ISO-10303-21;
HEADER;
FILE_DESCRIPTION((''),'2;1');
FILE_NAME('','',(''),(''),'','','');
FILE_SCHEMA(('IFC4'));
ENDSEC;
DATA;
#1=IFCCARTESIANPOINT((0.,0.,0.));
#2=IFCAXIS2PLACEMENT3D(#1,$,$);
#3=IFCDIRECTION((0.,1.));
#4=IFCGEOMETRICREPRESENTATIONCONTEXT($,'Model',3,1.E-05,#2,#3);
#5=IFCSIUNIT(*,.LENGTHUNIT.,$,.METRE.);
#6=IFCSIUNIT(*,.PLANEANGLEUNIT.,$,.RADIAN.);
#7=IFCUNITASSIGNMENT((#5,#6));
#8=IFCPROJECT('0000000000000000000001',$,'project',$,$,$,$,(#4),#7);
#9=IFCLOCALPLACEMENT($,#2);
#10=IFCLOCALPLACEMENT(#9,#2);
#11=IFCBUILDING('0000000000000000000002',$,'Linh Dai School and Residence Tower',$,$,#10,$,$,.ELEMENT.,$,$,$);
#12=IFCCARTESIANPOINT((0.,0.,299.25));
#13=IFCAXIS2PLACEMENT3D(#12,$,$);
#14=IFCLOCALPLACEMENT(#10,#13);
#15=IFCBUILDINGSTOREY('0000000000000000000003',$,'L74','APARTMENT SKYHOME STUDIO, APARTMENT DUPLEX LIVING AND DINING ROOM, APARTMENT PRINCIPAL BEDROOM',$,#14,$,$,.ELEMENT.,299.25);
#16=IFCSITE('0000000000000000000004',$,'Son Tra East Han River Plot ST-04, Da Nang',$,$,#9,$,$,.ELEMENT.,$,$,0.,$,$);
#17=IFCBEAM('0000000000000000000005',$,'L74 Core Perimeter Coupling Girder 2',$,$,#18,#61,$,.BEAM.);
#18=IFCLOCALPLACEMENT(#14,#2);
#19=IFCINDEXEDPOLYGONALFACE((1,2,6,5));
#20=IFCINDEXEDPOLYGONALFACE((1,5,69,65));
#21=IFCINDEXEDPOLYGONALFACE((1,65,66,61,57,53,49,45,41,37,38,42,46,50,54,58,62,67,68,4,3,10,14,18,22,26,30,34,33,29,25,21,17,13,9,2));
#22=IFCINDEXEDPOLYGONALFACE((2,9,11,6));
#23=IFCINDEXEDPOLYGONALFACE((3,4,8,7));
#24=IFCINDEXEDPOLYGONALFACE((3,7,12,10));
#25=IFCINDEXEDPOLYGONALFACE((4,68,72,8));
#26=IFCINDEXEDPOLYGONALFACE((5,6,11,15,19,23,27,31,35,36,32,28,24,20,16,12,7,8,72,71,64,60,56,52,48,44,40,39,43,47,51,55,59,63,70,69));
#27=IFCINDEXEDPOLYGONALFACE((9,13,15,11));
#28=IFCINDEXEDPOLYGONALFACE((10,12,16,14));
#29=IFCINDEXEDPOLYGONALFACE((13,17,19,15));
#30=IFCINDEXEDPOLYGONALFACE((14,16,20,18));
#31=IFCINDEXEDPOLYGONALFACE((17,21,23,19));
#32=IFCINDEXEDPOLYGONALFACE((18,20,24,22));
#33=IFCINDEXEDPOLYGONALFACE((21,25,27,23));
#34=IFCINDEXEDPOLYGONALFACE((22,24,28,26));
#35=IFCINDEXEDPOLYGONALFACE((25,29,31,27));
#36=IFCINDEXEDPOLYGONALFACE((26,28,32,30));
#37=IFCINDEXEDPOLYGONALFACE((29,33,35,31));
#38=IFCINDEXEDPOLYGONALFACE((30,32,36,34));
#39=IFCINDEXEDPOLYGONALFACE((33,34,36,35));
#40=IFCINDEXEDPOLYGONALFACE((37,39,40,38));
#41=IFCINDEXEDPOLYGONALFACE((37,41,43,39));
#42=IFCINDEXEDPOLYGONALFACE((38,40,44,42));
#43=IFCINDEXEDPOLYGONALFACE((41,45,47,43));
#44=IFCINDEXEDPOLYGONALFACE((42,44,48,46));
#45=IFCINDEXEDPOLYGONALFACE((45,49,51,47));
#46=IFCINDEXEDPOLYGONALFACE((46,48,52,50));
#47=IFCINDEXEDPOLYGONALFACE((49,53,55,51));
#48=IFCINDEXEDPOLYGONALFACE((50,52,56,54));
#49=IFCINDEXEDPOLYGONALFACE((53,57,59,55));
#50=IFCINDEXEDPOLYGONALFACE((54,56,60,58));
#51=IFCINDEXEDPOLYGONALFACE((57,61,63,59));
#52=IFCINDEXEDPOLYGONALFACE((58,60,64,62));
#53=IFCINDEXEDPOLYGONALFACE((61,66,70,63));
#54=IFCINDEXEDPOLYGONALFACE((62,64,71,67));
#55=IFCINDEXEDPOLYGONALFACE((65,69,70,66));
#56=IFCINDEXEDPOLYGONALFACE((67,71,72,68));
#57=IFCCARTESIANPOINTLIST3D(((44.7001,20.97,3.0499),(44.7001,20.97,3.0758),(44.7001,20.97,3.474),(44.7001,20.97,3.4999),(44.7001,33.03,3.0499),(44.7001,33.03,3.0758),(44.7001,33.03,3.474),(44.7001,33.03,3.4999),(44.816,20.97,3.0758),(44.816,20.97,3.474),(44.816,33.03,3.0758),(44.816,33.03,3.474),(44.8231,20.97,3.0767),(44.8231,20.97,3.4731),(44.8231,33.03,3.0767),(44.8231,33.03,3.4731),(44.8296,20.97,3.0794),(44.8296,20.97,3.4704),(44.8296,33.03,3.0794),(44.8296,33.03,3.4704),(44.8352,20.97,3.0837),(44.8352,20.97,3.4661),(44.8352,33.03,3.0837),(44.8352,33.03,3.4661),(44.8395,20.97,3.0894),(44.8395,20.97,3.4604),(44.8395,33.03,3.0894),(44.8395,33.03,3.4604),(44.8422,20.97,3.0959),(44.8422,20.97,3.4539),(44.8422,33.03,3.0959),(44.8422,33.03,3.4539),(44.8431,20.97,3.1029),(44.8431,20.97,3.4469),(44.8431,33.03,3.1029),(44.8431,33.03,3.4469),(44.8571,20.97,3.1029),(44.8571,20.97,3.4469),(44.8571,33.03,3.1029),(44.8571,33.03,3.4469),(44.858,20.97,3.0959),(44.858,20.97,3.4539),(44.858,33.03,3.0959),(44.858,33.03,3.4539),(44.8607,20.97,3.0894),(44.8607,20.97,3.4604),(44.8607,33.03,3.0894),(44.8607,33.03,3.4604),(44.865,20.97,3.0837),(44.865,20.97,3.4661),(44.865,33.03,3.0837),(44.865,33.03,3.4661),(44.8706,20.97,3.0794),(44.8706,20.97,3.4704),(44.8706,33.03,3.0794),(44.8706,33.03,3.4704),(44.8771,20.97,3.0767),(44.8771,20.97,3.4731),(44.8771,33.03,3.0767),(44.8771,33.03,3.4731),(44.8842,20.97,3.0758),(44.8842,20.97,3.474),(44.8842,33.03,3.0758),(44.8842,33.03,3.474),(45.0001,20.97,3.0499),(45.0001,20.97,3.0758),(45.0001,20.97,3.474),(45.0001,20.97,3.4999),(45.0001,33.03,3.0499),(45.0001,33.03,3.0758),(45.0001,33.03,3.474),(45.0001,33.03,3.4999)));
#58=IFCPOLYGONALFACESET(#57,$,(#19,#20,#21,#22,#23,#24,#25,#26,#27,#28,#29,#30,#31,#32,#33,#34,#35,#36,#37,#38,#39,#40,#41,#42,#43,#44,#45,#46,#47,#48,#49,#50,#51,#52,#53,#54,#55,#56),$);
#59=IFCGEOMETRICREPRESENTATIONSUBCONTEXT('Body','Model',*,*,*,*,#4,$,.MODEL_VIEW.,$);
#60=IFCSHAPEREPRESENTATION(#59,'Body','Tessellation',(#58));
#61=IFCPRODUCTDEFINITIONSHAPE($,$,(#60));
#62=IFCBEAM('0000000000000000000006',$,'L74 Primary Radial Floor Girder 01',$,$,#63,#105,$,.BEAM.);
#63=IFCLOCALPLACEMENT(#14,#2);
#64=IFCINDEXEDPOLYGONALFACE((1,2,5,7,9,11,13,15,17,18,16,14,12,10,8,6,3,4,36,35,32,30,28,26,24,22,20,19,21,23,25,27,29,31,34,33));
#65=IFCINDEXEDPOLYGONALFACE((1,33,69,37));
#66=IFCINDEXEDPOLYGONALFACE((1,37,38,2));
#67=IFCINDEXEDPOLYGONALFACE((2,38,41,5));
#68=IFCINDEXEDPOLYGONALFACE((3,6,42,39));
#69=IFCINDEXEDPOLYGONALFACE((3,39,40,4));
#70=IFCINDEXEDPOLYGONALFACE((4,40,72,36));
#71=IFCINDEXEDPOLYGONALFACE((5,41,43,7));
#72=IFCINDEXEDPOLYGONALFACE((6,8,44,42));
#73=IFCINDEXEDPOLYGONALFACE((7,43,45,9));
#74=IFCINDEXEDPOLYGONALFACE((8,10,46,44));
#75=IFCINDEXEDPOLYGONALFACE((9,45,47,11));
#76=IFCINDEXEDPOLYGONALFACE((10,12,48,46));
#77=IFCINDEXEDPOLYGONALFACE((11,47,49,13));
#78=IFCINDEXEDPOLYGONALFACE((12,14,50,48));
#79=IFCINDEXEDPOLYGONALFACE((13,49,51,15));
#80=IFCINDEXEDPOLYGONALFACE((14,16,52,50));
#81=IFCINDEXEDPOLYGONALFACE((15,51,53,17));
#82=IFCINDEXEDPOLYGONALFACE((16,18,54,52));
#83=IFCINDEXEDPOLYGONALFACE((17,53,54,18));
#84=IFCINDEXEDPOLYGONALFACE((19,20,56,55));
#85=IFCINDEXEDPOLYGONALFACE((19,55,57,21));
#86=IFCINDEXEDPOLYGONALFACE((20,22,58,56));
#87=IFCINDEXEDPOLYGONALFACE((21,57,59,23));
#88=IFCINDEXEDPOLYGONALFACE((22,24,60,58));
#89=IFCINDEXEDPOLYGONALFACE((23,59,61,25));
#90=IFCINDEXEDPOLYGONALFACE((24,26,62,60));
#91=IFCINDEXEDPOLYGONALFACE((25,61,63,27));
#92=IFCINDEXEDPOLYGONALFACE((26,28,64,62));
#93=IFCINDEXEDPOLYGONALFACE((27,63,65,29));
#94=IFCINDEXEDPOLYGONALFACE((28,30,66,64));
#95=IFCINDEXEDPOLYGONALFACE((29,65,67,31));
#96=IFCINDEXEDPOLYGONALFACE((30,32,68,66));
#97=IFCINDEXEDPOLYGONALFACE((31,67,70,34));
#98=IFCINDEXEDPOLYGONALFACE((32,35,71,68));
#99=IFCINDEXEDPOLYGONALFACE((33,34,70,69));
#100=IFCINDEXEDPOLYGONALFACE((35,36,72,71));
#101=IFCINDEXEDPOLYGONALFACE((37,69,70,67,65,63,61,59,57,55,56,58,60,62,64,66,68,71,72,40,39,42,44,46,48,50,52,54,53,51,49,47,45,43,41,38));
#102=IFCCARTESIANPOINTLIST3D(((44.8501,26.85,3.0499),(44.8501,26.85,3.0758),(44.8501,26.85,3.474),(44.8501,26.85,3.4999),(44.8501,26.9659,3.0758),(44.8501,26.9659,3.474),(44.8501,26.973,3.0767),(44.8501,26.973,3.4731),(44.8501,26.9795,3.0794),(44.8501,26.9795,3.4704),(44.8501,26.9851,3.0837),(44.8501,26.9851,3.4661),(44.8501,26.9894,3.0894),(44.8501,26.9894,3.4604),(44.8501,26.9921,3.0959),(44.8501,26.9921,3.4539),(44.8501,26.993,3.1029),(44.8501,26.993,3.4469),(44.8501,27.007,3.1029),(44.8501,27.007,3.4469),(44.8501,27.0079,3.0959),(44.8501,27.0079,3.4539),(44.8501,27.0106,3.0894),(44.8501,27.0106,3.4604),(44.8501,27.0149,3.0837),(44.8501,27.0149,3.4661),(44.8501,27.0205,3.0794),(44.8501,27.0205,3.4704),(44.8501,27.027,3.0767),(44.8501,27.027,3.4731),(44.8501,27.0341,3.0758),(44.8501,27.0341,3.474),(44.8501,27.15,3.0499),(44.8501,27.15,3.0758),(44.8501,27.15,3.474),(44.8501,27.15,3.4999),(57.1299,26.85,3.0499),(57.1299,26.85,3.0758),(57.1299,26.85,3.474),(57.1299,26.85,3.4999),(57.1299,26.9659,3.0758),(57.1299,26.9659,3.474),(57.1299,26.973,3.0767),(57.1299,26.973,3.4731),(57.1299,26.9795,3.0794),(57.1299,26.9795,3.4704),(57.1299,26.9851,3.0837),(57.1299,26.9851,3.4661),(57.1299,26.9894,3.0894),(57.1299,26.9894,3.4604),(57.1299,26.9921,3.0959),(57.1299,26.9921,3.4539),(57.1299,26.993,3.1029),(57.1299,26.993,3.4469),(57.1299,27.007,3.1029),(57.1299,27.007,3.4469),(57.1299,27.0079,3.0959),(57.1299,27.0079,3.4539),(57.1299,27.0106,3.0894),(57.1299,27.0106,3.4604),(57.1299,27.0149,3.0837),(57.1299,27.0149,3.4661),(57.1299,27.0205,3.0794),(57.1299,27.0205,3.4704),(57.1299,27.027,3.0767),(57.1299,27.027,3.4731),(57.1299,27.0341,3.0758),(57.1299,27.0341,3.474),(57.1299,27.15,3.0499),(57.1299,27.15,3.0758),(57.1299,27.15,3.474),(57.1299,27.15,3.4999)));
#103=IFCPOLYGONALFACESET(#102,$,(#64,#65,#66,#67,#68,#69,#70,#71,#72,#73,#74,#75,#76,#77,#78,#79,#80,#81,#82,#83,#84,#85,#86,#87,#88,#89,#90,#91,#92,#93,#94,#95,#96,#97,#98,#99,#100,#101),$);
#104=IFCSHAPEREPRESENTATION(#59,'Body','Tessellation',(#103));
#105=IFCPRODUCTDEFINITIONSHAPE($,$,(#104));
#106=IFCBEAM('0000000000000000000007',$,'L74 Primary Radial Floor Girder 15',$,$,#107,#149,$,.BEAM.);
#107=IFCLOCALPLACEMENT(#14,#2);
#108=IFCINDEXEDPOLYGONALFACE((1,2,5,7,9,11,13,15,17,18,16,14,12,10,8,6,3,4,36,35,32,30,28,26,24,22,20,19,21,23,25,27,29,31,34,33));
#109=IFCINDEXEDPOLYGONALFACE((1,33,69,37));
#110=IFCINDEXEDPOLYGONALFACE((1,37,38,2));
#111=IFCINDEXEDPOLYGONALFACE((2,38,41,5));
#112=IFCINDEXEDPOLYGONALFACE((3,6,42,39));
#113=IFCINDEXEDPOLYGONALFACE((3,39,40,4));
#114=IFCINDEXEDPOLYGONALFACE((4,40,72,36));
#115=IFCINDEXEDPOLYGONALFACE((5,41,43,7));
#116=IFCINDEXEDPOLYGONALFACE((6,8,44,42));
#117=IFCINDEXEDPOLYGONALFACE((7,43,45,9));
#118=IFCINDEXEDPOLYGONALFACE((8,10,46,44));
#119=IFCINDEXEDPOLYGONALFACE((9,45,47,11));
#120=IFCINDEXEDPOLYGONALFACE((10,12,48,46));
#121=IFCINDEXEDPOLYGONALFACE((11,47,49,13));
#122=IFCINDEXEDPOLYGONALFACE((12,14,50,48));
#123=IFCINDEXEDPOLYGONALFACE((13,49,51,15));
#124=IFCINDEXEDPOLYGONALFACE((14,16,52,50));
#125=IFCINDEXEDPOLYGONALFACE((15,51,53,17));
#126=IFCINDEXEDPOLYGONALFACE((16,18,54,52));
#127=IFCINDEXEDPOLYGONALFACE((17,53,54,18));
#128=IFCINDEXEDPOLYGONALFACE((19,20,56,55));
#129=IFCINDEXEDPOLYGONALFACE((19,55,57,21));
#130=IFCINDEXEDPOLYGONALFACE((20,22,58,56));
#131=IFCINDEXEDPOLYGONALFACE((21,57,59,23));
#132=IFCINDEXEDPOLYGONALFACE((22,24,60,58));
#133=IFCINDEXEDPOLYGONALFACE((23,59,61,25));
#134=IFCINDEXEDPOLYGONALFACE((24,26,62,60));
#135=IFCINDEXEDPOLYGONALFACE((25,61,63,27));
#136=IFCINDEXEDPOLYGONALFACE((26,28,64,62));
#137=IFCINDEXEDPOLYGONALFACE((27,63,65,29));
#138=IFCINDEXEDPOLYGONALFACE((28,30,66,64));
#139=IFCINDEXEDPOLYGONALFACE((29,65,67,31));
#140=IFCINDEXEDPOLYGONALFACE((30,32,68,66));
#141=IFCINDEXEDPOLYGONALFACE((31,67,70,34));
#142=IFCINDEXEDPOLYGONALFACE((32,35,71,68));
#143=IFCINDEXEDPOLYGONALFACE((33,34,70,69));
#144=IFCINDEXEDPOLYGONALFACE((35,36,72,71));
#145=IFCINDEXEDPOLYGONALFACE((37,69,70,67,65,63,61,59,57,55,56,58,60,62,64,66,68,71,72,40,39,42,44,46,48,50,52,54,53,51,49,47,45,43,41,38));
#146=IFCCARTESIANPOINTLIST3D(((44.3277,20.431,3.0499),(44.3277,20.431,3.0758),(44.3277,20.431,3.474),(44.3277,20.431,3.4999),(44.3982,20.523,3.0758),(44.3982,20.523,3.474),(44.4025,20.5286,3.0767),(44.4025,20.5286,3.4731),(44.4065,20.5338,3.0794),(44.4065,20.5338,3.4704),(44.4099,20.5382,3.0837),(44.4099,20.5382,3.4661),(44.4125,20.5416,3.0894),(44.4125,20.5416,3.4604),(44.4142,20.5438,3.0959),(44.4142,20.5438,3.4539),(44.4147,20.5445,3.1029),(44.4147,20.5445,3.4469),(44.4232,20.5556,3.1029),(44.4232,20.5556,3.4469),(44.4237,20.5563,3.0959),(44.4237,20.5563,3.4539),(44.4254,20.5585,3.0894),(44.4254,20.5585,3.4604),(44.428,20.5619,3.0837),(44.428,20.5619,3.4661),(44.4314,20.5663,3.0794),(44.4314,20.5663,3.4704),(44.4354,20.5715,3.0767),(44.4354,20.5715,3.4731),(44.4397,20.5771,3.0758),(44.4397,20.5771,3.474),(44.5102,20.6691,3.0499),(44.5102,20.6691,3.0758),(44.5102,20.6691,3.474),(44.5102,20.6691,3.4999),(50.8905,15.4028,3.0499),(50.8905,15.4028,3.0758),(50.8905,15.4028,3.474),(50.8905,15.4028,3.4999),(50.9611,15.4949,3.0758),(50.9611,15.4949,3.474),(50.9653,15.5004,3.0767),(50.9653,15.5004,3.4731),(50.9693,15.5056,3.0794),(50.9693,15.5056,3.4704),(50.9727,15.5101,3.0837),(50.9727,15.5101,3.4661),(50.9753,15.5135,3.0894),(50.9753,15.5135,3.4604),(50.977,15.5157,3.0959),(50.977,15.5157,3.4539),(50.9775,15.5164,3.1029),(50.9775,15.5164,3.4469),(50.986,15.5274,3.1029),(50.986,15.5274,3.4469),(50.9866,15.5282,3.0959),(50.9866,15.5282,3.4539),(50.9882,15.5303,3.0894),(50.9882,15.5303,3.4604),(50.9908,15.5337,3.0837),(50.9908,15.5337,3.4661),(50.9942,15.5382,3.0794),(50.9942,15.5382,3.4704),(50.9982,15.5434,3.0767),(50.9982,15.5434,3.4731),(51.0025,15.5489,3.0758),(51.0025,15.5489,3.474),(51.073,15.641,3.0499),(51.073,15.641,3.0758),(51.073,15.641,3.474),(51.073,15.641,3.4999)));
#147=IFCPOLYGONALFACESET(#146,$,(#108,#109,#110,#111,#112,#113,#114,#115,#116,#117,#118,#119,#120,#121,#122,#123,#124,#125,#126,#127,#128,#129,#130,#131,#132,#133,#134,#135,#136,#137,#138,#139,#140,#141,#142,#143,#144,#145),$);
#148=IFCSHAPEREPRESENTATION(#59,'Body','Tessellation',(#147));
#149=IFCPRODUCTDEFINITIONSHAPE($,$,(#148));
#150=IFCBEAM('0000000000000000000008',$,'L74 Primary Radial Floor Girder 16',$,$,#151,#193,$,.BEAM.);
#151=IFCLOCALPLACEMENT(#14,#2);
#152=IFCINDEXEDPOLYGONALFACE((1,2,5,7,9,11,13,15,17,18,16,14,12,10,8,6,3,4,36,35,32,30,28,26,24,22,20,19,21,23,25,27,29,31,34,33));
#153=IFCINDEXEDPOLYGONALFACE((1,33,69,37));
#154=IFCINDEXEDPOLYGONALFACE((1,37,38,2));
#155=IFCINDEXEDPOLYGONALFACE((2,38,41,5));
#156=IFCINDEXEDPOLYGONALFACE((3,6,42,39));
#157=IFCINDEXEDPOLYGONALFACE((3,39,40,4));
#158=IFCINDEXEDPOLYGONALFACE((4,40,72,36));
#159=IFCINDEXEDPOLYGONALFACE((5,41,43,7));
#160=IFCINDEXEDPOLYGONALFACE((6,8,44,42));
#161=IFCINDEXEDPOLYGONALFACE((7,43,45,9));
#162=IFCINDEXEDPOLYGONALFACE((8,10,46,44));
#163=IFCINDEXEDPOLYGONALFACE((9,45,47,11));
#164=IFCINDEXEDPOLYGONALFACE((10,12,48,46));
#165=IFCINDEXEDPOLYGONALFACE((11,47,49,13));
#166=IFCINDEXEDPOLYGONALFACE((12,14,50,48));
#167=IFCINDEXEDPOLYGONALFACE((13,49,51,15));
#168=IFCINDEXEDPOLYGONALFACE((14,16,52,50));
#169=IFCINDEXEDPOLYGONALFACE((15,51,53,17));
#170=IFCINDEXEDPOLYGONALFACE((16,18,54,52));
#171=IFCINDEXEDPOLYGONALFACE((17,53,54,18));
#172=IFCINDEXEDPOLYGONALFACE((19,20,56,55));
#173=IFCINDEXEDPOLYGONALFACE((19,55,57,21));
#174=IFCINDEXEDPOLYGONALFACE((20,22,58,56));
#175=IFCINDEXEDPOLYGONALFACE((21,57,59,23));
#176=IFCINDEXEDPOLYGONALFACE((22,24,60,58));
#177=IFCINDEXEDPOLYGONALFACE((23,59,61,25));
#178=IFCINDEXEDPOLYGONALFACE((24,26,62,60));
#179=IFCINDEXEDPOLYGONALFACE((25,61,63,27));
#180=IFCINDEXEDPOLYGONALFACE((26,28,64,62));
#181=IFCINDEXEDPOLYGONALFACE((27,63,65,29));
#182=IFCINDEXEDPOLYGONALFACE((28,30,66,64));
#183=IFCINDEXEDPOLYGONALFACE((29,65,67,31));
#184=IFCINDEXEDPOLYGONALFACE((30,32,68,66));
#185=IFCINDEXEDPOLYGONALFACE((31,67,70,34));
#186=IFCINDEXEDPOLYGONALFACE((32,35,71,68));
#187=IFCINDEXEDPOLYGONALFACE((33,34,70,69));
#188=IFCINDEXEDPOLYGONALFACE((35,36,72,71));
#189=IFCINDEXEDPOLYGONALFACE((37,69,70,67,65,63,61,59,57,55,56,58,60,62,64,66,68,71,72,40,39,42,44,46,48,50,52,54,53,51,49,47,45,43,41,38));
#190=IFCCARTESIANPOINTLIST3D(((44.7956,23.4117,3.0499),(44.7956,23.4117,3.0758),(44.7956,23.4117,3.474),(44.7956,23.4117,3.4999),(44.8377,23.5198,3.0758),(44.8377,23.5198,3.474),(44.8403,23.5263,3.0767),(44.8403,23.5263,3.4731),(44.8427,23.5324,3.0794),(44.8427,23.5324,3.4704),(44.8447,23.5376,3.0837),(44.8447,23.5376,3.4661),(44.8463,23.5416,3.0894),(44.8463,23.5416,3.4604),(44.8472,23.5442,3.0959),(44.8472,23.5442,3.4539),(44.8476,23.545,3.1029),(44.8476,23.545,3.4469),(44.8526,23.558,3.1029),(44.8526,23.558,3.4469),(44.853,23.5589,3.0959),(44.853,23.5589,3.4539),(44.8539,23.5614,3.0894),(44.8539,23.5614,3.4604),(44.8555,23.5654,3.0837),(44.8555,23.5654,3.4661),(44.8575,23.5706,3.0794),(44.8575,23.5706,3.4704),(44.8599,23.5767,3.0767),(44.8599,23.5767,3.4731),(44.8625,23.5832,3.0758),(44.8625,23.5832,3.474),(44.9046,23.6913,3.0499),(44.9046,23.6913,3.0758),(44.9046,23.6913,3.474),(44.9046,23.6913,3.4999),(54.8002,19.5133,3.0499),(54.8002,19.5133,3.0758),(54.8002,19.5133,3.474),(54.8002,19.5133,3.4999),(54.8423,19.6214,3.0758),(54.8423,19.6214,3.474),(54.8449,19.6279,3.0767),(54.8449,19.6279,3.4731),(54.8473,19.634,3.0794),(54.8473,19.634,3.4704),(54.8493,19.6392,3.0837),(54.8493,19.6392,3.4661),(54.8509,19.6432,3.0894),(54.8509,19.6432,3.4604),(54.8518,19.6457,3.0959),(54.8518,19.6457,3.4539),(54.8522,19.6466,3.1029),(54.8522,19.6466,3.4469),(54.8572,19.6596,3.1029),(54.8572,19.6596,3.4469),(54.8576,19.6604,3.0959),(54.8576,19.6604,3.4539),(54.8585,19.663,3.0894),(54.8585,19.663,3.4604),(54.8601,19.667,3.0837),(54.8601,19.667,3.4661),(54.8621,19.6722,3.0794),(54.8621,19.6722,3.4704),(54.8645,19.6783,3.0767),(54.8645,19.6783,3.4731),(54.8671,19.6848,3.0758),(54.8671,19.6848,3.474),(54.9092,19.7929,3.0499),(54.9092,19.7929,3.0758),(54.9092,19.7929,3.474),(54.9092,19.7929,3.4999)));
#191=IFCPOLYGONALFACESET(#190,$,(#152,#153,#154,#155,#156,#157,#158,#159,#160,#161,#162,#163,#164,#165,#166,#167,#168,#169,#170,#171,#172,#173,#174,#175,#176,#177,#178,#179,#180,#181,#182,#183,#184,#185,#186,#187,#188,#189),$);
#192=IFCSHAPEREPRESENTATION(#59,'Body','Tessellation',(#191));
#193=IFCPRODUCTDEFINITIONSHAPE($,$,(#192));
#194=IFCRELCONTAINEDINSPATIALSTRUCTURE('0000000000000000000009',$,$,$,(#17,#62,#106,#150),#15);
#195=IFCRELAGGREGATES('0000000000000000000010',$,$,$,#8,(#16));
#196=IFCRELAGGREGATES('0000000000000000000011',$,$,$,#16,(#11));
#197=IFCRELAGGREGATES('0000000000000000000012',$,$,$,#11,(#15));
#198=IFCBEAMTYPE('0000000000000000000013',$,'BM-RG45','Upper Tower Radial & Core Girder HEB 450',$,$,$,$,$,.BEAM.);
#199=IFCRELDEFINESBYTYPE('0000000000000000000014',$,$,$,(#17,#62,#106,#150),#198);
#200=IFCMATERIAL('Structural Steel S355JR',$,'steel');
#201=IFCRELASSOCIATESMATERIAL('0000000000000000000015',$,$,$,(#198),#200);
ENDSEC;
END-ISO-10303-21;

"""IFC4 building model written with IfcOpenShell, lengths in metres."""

from ifc_helpers import new_model, si_unit, direction, frame, origin, origin_2d, place, context, subcontext, project, spatial, i_section, extrude, material, material_profile, profile_set, type_object, element, save


model = new_model("IFC4")

# Units and contexts
model_context = context("Model", 3, precision=1e-05, world=origin(), true_north=direction((0.0, 1.0)))
body_context = subcontext(model_context, "Body", "Model", "MODEL_VIEW")
ifc_project = project(units=[si_unit("LENGTHUNIT", "METRE"), si_unit("PLANEANGLEUNIT", "RADIAN")], contexts=[model_context])

# Site, building, storey
site_placement = place(None, origin())
site = spatial("IfcSite", under=ifc_project, at=site_placement, Name="Son Tra East Han River Plot ST-04, Da Nang", CompositionType="ELEMENT", RefElevation=0.0)
building_placement = place(site_placement, origin())
building = spatial("IfcBuilding", under=site, at=building_placement, Name="Linh Dai School and Residence Tower", CompositionType="ELEMENT")
storey_placement = place(building_placement, frame((0.0, 0.0, 299.25)))
storey = spatial("IfcBuildingStorey", under=building, at=storey_placement, Name="L74", Description="APARTMENT SKYHOME STUDIO, APARTMENT DUPLEX LIVING AND DINING ROOM, APARTMENT PRINCIPAL BEDROOM", CompositionType="ELEMENT", Elevation=299.25)

# Shared definitions
ifc_material_1 = material(Name="Structural Steel S355JR", Category="steel")

# Beams
ifc_material_profile_1 = material_profile(ifc_material_1, i_section(OverallWidth=0.3, OverallDepth=0.45, WebThickness=0.0139, FlangeThickness=0.0259, FilletRadius=0.0271, at=origin_2d()), Name="HEB 450")
ifc_profile_set_1 = profile_set([ifc_material_profile_1], Name="Structural Steel S355JR")
beam_type_1 = type_object("IfcBeamType", Name="BM-RG45", Description="Upper Tower Radial & Core Girder HEB 450", PredefinedType="BEAM", material=ifc_profile_set_1)
beam_1_placement = place(storey_placement, frame((44.8501, 20.97, 3.2749), z_axis=(0.0, 1.0, 0.0), x_axis=(-1.0, 0.0, 0.0)))
element("IfcBeam", 1, at=beam_1_placement, inside=storey, type_object=beam_type_1, Name="L74 Core Perimeter Coupling Girder 2", PredefinedType="BEAM", context=body_context, shape_type="SweptSolid", body=[
    extrude(i_section(OverallWidth=0.3, OverallDepth=0.45, WebThickness=0.0139, FlangeThickness=0.0259, FilletRadius=0.0271, at=origin_2d()), origin(), (0.0, 0.0, 1.0), 12.0601),
])
beam_2_placement = place(storey_placement, frame((44.8501, 27.0, 3.2749), z_axis=(1.0, 0.0, 0.0), x_axis=(0.0, 1.0, 0.0)))
element("IfcBeam", 2, at=beam_2_placement, inside=storey, type_object=beam_type_1, Name="L74 Primary Radial Floor Girder 01", PredefinedType="BEAM", context=body_context, shape_type="SweptSolid", body=[
    extrude(i_section(OverallWidth=0.3, OverallDepth=0.45, WebThickness=0.0139, FlangeThickness=0.0259, FilletRadius=0.0271, at=origin_2d()), origin(), (0.0, 0.0, 1.0), 12.2798),
])
beam_3_placement = place(storey_placement, frame((44.4189, 20.55, 3.2749), z_axis=(0.793803, -0.608175, 0.0), x_axis=(0.608175, 0.793803, 0.0)))
element("IfcBeam", 3, at=beam_3_placement, inside=storey, type_object=beam_type_1, Name="L74 Primary Radial Floor Girder 15", PredefinedType="BEAM", context=body_context, shape_type="SweptSolid", body=[
    extrude(i_section(OverallWidth=0.3, OverallDepth=0.45, WebThickness=0.0139, FlangeThickness=0.0259, FilletRadius=0.0271, at=origin_2d()), origin(), (0.0, 0.0, 1.0), 8.2676),
])
beam_4_placement = place(storey_placement, frame((44.8501, 23.5515, 3.2749), z_axis=(0.931761, -0.363073, 0.0), x_axis=(0.363073, 0.931761, 0.0)))
element("IfcBeam", 4, at=beam_4_placement, inside=storey, type_object=beam_type_1, Name="L74 Primary Radial Floor Girder 16", PredefinedType="BEAM", context=body_context, shape_type="SweptSolid", body=[
    extrude(i_section(OverallWidth=0.3, OverallDepth=0.45, WebThickness=0.0139, FlangeThickness=0.0259, FilletRadius=0.0271, at=origin_2d()), origin(), (0.0, 0.0, 1.0), 10.7373),
])

save(model, "model.ifc")
